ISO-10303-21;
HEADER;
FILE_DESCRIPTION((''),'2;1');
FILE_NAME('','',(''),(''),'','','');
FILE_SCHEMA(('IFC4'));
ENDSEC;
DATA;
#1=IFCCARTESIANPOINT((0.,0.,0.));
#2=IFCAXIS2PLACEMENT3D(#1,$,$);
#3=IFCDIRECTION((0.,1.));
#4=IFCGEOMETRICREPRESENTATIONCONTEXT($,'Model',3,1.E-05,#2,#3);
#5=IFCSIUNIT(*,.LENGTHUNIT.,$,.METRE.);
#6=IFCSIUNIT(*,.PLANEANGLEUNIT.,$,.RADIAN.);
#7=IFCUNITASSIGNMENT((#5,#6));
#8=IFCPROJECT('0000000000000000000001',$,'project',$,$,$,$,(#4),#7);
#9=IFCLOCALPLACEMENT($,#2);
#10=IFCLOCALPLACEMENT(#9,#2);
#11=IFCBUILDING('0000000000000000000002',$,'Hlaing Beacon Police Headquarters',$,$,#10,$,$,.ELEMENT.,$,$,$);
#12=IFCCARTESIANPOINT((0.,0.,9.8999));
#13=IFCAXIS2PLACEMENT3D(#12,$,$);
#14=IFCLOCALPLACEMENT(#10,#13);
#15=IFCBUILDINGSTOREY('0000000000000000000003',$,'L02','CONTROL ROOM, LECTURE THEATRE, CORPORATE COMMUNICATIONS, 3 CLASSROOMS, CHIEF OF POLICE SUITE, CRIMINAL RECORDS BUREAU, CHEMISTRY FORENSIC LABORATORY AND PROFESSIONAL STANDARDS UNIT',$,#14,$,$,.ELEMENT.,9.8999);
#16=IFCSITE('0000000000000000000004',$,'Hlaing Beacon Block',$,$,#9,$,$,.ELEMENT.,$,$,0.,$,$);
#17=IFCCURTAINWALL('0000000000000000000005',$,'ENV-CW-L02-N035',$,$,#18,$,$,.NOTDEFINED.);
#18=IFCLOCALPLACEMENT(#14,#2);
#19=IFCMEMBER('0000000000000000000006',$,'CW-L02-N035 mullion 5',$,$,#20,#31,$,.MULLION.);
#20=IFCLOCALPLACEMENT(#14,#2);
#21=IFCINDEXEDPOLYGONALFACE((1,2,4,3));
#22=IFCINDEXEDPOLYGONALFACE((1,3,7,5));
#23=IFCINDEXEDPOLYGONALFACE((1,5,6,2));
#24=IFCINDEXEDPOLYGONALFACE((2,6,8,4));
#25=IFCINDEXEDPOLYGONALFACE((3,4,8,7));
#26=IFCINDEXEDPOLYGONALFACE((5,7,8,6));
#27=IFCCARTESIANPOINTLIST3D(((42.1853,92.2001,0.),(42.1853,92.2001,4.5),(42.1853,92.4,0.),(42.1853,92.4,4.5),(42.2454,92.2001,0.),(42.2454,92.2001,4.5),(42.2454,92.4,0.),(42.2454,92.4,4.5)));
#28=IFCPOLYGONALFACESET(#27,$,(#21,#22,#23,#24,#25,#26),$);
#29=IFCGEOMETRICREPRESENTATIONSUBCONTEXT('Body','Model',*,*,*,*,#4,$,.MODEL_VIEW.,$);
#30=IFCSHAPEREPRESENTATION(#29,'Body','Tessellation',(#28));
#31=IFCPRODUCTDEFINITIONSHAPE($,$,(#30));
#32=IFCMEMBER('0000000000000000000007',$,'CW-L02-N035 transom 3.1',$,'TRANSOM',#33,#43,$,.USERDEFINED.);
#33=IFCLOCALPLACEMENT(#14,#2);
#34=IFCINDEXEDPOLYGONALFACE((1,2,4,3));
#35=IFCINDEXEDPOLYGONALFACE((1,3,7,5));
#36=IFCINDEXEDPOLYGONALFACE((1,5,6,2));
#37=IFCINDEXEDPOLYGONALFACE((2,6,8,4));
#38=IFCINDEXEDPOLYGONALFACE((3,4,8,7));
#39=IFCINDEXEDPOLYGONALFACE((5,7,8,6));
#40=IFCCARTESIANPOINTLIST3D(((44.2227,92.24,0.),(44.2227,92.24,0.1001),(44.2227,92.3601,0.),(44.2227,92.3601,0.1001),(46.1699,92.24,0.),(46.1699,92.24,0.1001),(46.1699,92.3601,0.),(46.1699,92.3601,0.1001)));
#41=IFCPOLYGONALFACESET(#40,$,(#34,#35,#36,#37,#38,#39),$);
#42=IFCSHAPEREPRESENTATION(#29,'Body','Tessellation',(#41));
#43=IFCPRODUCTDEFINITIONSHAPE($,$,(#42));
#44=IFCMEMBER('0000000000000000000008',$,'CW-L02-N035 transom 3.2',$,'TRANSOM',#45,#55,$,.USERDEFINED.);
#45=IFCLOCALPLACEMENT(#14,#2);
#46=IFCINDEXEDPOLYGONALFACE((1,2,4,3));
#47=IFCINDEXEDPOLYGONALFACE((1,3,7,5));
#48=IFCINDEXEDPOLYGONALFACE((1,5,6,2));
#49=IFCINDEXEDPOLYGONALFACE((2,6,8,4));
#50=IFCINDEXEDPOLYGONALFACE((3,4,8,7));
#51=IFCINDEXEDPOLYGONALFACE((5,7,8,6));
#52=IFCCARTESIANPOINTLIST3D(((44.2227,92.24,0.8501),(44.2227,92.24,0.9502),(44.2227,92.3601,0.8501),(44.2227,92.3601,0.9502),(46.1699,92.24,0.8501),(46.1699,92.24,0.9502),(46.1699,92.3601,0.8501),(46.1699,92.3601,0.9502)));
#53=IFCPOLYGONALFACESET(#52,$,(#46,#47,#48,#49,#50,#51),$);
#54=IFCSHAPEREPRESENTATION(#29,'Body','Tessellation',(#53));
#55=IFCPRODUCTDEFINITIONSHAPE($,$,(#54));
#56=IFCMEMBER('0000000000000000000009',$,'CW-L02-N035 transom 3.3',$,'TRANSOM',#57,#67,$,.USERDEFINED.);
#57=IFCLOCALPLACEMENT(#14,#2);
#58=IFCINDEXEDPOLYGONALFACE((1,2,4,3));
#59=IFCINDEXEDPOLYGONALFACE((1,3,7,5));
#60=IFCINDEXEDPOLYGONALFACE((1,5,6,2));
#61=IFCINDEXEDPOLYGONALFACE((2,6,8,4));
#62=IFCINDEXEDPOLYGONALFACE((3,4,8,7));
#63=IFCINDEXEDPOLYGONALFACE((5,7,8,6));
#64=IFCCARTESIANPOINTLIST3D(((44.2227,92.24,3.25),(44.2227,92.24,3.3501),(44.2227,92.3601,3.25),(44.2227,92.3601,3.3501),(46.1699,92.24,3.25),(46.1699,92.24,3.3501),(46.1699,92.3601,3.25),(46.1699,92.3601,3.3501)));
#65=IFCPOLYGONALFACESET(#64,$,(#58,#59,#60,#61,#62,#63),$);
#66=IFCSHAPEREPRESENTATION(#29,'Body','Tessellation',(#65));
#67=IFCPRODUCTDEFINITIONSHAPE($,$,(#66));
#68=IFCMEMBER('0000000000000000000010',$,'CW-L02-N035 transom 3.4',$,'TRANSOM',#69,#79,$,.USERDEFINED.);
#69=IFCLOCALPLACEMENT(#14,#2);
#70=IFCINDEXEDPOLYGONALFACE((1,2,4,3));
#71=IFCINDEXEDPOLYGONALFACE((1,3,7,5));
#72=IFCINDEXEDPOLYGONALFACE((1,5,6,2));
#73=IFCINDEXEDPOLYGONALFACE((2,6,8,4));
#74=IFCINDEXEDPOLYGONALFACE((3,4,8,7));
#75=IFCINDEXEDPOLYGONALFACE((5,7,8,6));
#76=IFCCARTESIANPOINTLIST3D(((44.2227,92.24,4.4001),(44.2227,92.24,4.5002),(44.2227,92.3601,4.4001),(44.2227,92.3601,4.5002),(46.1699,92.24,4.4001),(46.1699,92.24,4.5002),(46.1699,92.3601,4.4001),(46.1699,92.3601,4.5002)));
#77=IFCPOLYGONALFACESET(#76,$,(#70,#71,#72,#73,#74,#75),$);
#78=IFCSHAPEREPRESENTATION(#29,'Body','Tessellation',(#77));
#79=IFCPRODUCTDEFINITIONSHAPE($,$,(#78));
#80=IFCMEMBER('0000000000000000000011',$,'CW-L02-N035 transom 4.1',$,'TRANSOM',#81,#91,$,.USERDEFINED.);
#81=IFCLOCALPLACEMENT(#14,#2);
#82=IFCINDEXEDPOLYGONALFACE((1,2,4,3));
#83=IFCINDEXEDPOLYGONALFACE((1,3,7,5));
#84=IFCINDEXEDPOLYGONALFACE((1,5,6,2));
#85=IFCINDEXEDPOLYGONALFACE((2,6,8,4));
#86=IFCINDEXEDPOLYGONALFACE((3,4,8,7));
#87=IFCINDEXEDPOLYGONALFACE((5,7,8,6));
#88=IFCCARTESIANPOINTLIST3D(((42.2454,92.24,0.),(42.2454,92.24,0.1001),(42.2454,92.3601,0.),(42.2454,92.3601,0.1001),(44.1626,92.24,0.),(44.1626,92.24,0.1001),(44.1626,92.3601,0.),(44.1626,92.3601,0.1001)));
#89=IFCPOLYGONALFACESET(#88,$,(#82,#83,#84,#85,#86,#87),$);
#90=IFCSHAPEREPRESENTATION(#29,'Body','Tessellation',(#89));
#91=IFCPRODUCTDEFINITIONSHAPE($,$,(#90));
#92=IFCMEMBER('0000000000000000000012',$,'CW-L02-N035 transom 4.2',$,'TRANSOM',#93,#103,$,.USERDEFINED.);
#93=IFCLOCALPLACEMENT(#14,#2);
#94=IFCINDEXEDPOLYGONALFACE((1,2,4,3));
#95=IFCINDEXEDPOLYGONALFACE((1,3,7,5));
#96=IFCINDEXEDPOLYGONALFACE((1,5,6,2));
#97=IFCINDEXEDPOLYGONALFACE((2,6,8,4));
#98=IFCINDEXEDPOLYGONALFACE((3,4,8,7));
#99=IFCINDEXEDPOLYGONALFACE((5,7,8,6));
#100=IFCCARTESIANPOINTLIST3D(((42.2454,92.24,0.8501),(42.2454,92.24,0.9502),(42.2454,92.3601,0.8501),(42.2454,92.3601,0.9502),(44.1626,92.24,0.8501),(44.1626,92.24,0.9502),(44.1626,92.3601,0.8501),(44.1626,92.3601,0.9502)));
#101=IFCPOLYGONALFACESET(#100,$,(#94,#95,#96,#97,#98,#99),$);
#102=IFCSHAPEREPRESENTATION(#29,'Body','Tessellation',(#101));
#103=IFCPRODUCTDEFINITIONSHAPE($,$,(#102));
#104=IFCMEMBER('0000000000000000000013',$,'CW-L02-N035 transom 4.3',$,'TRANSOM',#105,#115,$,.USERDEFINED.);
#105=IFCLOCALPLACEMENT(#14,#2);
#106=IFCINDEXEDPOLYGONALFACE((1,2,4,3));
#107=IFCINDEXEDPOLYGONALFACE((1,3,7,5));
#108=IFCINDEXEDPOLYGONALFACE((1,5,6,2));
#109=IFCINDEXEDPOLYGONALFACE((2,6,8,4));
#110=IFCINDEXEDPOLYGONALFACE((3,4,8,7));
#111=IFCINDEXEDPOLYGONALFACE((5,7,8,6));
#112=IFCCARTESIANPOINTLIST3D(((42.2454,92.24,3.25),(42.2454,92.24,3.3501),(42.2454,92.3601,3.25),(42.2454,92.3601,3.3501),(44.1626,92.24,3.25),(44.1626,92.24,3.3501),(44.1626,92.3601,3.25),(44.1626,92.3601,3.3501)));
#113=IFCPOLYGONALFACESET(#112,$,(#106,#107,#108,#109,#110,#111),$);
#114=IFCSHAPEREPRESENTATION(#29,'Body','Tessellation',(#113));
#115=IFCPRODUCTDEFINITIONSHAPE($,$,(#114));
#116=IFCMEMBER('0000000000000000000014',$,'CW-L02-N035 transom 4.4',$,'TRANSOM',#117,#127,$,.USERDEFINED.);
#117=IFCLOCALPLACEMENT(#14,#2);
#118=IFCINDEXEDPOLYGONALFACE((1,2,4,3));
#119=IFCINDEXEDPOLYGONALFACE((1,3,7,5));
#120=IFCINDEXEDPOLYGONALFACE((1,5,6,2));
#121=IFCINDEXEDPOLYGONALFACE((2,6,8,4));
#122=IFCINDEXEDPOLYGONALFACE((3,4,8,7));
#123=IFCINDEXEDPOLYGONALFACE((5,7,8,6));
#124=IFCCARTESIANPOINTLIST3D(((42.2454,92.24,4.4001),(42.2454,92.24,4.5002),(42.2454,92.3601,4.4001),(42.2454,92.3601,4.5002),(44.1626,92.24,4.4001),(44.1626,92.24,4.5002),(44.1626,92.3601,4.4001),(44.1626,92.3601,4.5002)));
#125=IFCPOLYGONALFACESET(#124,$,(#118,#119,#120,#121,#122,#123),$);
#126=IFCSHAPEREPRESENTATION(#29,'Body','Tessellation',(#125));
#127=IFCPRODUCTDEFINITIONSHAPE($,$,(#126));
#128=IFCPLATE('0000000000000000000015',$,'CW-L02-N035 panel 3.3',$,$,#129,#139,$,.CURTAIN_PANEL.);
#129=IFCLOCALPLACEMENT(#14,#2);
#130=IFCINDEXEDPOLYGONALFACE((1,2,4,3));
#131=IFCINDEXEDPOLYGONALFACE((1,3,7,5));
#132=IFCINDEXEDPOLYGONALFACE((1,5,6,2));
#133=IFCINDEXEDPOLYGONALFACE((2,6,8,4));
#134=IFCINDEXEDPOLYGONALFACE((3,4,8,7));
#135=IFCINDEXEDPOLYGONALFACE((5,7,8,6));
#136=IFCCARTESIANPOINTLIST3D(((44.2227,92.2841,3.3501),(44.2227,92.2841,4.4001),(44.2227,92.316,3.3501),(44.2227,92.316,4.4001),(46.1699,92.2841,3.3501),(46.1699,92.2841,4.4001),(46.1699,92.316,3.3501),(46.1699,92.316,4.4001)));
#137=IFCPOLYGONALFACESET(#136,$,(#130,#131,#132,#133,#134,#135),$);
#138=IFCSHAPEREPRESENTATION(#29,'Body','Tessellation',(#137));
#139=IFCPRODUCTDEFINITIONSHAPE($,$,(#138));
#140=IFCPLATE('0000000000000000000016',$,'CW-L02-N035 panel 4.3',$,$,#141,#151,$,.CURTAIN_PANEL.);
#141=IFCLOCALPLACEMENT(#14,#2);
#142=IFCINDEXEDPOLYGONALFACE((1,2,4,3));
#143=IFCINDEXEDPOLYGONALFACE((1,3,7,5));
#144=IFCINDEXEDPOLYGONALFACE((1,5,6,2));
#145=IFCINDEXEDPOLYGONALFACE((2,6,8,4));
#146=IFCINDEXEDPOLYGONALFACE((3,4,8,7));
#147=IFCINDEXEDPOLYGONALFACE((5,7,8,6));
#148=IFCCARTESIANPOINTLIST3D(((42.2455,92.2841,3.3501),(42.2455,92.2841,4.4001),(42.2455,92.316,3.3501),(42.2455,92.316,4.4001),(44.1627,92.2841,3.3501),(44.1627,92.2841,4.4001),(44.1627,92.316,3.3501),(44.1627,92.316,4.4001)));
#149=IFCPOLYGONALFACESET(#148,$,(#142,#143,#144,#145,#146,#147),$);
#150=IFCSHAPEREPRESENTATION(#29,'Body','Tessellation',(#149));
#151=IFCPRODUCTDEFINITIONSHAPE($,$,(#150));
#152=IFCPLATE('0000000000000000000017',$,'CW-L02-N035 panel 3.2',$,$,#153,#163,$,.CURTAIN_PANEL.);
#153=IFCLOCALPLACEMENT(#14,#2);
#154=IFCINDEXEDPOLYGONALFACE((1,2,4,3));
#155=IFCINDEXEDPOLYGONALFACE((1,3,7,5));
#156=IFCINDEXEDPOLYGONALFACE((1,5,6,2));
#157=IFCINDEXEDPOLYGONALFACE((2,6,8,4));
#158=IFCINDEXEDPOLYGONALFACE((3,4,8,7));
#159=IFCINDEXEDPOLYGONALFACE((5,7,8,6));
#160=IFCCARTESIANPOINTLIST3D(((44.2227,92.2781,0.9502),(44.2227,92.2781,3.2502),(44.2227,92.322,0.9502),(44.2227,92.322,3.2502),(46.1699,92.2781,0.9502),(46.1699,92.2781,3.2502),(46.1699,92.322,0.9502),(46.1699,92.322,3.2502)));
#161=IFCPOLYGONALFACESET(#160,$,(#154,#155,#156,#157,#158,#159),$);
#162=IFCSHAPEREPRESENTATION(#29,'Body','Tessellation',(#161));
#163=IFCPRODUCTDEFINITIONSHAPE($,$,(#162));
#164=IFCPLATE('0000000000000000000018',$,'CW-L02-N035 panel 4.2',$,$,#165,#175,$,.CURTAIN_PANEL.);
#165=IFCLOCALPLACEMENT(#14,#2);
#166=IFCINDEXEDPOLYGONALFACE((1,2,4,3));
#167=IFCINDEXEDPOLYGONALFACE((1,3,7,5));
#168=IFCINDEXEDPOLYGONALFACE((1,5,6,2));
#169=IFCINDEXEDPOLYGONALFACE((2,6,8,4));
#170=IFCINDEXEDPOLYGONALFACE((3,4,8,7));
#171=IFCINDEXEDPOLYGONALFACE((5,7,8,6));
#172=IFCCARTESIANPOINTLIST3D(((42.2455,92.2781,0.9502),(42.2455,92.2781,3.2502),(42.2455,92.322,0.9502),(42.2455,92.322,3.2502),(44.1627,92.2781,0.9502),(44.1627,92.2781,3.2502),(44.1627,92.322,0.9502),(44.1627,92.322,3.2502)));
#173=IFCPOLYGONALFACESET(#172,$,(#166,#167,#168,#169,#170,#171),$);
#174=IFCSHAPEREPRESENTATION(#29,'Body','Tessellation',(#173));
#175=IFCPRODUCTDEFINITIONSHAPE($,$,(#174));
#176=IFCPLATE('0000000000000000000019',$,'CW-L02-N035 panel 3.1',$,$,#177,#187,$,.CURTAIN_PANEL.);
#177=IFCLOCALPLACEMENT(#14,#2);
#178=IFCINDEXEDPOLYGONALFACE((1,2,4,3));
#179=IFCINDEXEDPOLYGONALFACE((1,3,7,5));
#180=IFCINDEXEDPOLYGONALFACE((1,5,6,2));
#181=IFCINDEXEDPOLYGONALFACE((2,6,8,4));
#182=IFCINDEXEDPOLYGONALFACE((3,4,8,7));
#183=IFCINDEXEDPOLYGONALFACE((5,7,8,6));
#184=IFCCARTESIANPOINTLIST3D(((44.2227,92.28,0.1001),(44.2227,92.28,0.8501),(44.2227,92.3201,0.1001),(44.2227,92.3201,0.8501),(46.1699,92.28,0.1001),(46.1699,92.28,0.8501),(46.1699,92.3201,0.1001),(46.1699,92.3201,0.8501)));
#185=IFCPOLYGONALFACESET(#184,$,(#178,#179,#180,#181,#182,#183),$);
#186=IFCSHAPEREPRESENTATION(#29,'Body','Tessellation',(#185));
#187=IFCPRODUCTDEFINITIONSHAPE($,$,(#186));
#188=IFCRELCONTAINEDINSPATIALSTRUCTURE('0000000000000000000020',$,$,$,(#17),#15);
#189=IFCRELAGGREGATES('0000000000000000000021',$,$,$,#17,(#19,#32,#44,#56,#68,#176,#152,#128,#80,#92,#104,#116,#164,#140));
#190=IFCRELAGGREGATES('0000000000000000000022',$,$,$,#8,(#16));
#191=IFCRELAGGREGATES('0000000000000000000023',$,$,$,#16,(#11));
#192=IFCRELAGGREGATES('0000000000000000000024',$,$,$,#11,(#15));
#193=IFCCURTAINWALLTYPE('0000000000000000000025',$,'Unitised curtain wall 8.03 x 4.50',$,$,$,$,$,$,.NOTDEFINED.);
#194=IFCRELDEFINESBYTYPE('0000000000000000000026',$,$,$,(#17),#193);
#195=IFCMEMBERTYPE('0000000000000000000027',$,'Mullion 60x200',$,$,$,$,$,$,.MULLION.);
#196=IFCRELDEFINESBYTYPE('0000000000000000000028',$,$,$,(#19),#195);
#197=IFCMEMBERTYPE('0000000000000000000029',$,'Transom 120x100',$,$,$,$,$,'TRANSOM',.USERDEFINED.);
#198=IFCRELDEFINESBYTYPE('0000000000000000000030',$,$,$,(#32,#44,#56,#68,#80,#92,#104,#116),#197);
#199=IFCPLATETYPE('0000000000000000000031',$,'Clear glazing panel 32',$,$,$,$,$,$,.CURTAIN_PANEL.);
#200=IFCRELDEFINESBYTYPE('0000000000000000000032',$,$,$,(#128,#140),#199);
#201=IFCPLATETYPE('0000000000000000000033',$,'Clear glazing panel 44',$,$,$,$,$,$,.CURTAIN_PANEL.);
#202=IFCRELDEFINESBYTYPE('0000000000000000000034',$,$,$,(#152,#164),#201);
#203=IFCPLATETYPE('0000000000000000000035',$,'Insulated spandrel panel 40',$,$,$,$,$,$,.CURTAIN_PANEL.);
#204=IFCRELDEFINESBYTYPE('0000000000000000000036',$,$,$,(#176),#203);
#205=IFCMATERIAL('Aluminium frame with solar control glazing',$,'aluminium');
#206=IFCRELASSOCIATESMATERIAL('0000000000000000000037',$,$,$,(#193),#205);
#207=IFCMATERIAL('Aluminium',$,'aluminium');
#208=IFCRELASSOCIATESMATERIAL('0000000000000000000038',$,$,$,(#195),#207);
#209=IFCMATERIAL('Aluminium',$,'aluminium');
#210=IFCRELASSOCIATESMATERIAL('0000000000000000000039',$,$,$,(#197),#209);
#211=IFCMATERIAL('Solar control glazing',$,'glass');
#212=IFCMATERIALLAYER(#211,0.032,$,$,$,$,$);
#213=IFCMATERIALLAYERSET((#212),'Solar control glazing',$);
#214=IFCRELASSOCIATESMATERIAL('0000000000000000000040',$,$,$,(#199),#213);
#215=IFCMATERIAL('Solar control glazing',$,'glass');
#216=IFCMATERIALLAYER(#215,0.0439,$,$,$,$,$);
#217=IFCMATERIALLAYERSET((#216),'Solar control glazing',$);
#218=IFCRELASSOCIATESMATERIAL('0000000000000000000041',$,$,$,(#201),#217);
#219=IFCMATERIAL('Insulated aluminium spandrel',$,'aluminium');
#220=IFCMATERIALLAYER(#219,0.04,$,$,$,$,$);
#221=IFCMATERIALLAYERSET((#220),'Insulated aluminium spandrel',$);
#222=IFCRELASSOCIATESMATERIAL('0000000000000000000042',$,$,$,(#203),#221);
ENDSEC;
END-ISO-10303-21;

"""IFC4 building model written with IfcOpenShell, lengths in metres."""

from ifc_helpers import new_model, si_unit, direction, frame, origin, origin_2d, place, context, subcontext, project, spatial, rectangle, extrude, material, layer, layer_set, material_profile, profile_set, type_object, element, aggregate, save


model = new_model("IFC4")

# Units and contexts
model_context = context("Model", 3, precision=1e-05, world=origin(), true_north=direction((0.0, 1.0)))
body_context = subcontext(model_context, "Body", "Model", "MODEL_VIEW")
ifc_project = project(units=[si_unit("LENGTHUNIT", "METRE"), si_unit("PLANEANGLEUNIT", "RADIAN")], contexts=[model_context])

# Site, building, storey
site_placement = place(None, origin())
site = spatial("IfcSite", under=ifc_project, at=site_placement, Name="Hlaing Beacon Block", CompositionType="ELEMENT", RefElevation=0.0)
building_placement = place(site_placement, origin())
building = spatial("IfcBuilding", under=site, at=building_placement, Name="Hlaing Beacon Police Headquarters", CompositionType="ELEMENT")
storey_placement = place(building_placement, frame((0.0, 0.0, 9.8999)))
storey = spatial("IfcBuildingStorey", under=building, at=storey_placement, Name="L02", Description="CONTROL ROOM, LECTURE THEATRE, CORPORATE COMMUNICATIONS, 3 CLASSROOMS, CHIEF OF POLICE SUITE, CRIMINAL RECORDS BUREAU, CHEMISTRY FORENSIC LABORATORY AND PROFESSIONAL STANDARDS UNIT", CompositionType="ELEMENT", Elevation=9.8999)

# Curtain wall, members, plates
ifc_material_1 = material(Name="Aluminium frame with solar control glazing", Category="aluminium")
curtain_wall_type = type_object("IfcCurtainWallType", Name="Unitised curtain wall 8.03 x 4.50", PredefinedType="NOTDEFINED", material=ifc_material_1)
curtain_wall_placement = place(storey_placement, origin())
curtain_wall = element("IfcCurtainWall", 1, at=curtain_wall_placement, inside=storey, type_object=curtain_wall_type, Name="ENV-CW-L02-N035", PredefinedType="NOTDEFINED")
ifc_material_2 = material(Name="Aluminium", Category="aluminium")
ifc_material_profile_1 = material_profile(ifc_material_2, rectangle(XDim=0.2, YDim=0.0601, at=origin_2d()), Name="Mullion 60x200")
ifc_profile_set_1 = profile_set([ifc_material_profile_1], Name="Aluminium")
member_type_1 = type_object("IfcMemberType", Name="Mullion 60x200", PredefinedType="MULLION", material=ifc_profile_set_1)
member_1_placement = place(storey_placement, frame((42.2153, 92.3, 0.0), z_axis=(0.0, 0.0, 1.0), x_axis=(0.0, -1.0, 0.0)))
member_1 = element("IfcMember", 2, at=member_1_placement, type_object=member_type_1, Name="CW-L02-N035 mullion 5", PredefinedType="MULLION", context=body_context, shape_type="SweptSolid", body=[
    extrude(rectangle(XDim=0.2, YDim=0.0601, at=origin_2d()), origin(), (0.0, 0.0, 1.0), 4.5),
])
ifc_material_3 = material(Name="Aluminium", Category="aluminium")
ifc_material_profile_2 = material_profile(ifc_material_3, rectangle(XDim=0.1201, YDim=0.1001, at=origin_2d()), Name="Transom 120x100")
ifc_profile_set_2 = profile_set([ifc_material_profile_2], Name="Aluminium")
member_type_2 = type_object("IfcMemberType", Name="Transom 120x100", ElementType="TRANSOM", PredefinedType="USERDEFINED", material=ifc_profile_set_2)
member_2_placement = place(storey_placement, frame((46.1699, 92.3, 0.05), z_axis=(-1.0, 0.0, 0.0), x_axis=(0.0, -1.0, 0.0)))
member_2 = element("IfcMember", 3, at=member_2_placement, type_object=member_type_2, Name="CW-L02-N035 transom 3.1", ObjectType="TRANSOM", PredefinedType="USERDEFINED", context=body_context, shape_type="SweptSolid", body=[
    extrude(rectangle(XDim=0.1201, YDim=0.1001, at=origin_2d()), origin(), (0.0, 0.0, 1.0), 1.9473),
])
member_3_placement = place(storey_placement, frame((46.1699, 92.3, 0.9001), z_axis=(-1.0, 0.0, 0.0), x_axis=(0.0, -1.0, 0.0)))
member_3 = element("IfcMember", 4, at=member_3_placement, type_object=member_type_2, Name="CW-L02-N035 transom 3.2", ObjectType="TRANSOM", PredefinedType="USERDEFINED", context=body_context, shape_type="SweptSolid", body=[
    extrude(rectangle(XDim=0.1201, YDim=0.1001, at=origin_2d()), origin(), (0.0, 0.0, 1.0), 1.9473),
])
member_4_placement = place(storey_placement, frame((46.1699, 92.3, 3.3), z_axis=(-1.0, 0.0, 0.0), x_axis=(0.0, -1.0, 0.0)))
member_4 = element("IfcMember", 5, at=member_4_placement, type_object=member_type_2, Name="CW-L02-N035 transom 3.3", ObjectType="TRANSOM", PredefinedType="USERDEFINED", context=body_context, shape_type="SweptSolid", body=[
    extrude(rectangle(XDim=0.1201, YDim=0.1001, at=origin_2d()), origin(), (0.0, 0.0, 1.0), 1.9473),
])
member_5_placement = place(storey_placement, frame((46.1699, 92.3, 4.4502), z_axis=(-1.0, 0.0, 0.0), x_axis=(0.0, -1.0, 0.0)))
member_5 = element("IfcMember", 6, at=member_5_placement, type_object=member_type_2, Name="CW-L02-N035 transom 3.4", ObjectType="TRANSOM", PredefinedType="USERDEFINED", context=body_context, shape_type="SweptSolid", body=[
    extrude(rectangle(XDim=0.1201, YDim=0.1001, at=origin_2d()), origin(), (0.0, 0.0, 1.0), 1.9473),
])
member_6_placement = place(storey_placement, frame((44.1626, 92.3, 0.05), z_axis=(-1.0, 0.0, 0.0), x_axis=(0.0, -1.0, 0.0)))
member_6 = element("IfcMember", 7, at=member_6_placement, type_object=member_type_2, Name="CW-L02-N035 transom 4.1", ObjectType="TRANSOM", PredefinedType="USERDEFINED", context=body_context, shape_type="SweptSolid", body=[
    extrude(rectangle(XDim=0.1201, YDim=0.1001, at=origin_2d()), origin(), (0.0, 0.0, 1.0), 1.9172),
])
member_7_placement = place(storey_placement, frame((44.1626, 92.3, 0.9001), z_axis=(-1.0, 0.0, 0.0), x_axis=(0.0, -1.0, 0.0)))
member_7 = element("IfcMember", 8, at=member_7_placement, type_object=member_type_2, Name="CW-L02-N035 transom 4.2", ObjectType="TRANSOM", PredefinedType="USERDEFINED", context=body_context, shape_type="SweptSolid", body=[
    extrude(rectangle(XDim=0.1201, YDim=0.1001, at=origin_2d()), origin(), (0.0, 0.0, 1.0), 1.9172),
])
member_8_placement = place(storey_placement, frame((44.1626, 92.3, 3.3), z_axis=(-1.0, 0.0, 0.0), x_axis=(0.0, -1.0, 0.0)))
member_8 = element("IfcMember", 9, at=member_8_placement, type_object=member_type_2, Name="CW-L02-N035 transom 4.3", ObjectType="TRANSOM", PredefinedType="USERDEFINED", context=body_context, shape_type="SweptSolid", body=[
    extrude(rectangle(XDim=0.1201, YDim=0.1001, at=origin_2d()), origin(), (0.0, 0.0, 1.0), 1.9172),
])
member_9_placement = place(storey_placement, frame((44.1626, 92.3, 4.4502), z_axis=(-1.0, 0.0, 0.0), x_axis=(0.0, -1.0, 0.0)))
member_9 = element("IfcMember", 10, at=member_9_placement, type_object=member_type_2, Name="CW-L02-N035 transom 4.4", ObjectType="TRANSOM", PredefinedType="USERDEFINED", context=body_context, shape_type="SweptSolid", body=[
    extrude(rectangle(XDim=0.1201, YDim=0.1001, at=origin_2d()), origin(), (0.0, 0.0, 1.0), 1.9172),
])
ifc_material_4 = material(Name="Solar control glazing", Category="glass")
ifc_layer_1 = layer(ifc_material_4, 0.032)
ifc_layer_set_1 = layer_set([ifc_layer_1], Name="Solar control glazing")
plate_type_1 = type_object("IfcPlateType", Name="Clear glazing panel 32", PredefinedType="CURTAIN_PANEL", material=ifc_layer_set_1)
plate_1_placement = place(storey_placement, frame((45.1963, 92.3, 3.3501), z_axis=(0.0, 0.0, 1.0), x_axis=(-1.0, 0.0, 0.0)))
plate_1 = element("IfcPlate", 11, at=plate_1_placement, type_object=plate_type_1, Name="CW-L02-N035 panel 3.3", PredefinedType="CURTAIN_PANEL", context=body_context, shape_type="SweptSolid", body=[
    extrude(rectangle(XDim=1.9473, YDim=0.032, at=origin_2d()), origin(), (0.0, 0.0, 1.0), 1.05),
])
plate_2_placement = place(storey_placement, frame((43.2041, 92.3, 3.3501), z_axis=(0.0, 0.0, 1.0), x_axis=(-1.0, 0.0, 0.0)))
plate_2 = element("IfcPlate", 12, at=plate_2_placement, type_object=plate_type_1, Name="CW-L02-N035 panel 4.3", PredefinedType="CURTAIN_PANEL", context=body_context, shape_type="SweptSolid", body=[
    extrude(rectangle(XDim=1.9172, YDim=0.032, at=origin_2d()), origin(), (0.0, 0.0, 1.0), 1.05),
])
ifc_material_5 = material(Name="Solar control glazing", Category="glass")
ifc_layer_2 = layer(ifc_material_5, 0.0439)
ifc_layer_set_2 = layer_set([ifc_layer_2], Name="Solar control glazing")
plate_type_2 = type_object("IfcPlateType", Name="Clear glazing panel 44", PredefinedType="CURTAIN_PANEL", material=ifc_layer_set_2)
plate_3_placement = place(storey_placement, frame((45.1963, 92.3, 0.9502), z_axis=(0.0, 0.0, 1.0), x_axis=(-1.0, 0.0, 0.0)))
plate_3 = element("IfcPlate", 13, at=plate_3_placement, type_object=plate_type_2, Name="CW-L02-N035 panel 3.2", PredefinedType="CURTAIN_PANEL", context=body_context, shape_type="SweptSolid", body=[
    extrude(rectangle(XDim=1.9473, YDim=0.0439, at=origin_2d()), origin(), (0.0, 0.0, 1.0), 2.3),
])
plate_4_placement = place(storey_placement, frame((43.2041, 92.3, 0.9502), z_axis=(0.0, 0.0, 1.0), x_axis=(-1.0, 0.0, 0.0)))
plate_4 = element("IfcPlate", 14, at=plate_4_placement, type_object=plate_type_2, Name="CW-L02-N035 panel 4.2", PredefinedType="CURTAIN_PANEL", context=body_context, shape_type="SweptSolid", body=[
    extrude(rectangle(XDim=1.9172, YDim=0.0439, at=origin_2d()), origin(), (0.0, 0.0, 1.0), 2.3),
])
ifc_material_6 = material(Name="Insulated aluminium spandrel", Category="aluminium")
ifc_layer_3 = layer(ifc_material_6, 0.04)
ifc_layer_set_3 = layer_set([ifc_layer_3], Name="Insulated aluminium spandrel")
plate_type_3 = type_object("IfcPlateType", Name="Insulated spandrel panel 40", PredefinedType="CURTAIN_PANEL", material=ifc_layer_set_3)
plate_5_placement = place(storey_placement, frame((45.1963, 92.3, 0.1001), z_axis=(0.0, 0.0, 1.0), x_axis=(-1.0, 0.0, 0.0)))
plate_5 = element("IfcPlate", 15, at=plate_5_placement, type_object=plate_type_3, Name="CW-L02-N035 panel 3.1", PredefinedType="CURTAIN_PANEL", context=body_context, shape_type="SweptSolid", body=[
    extrude(rectangle(XDim=1.9473, YDim=0.04, at=origin_2d()), origin(), (0.0, 0.0, 1.0), 0.75),
])
aggregate(curtain_wall, [member_1, member_2, member_3, member_4, member_5, plate_5, plate_3, plate_1, member_6, member_7, member_8, member_9, plate_4, plate_2])

save(model, "model.ifc")
